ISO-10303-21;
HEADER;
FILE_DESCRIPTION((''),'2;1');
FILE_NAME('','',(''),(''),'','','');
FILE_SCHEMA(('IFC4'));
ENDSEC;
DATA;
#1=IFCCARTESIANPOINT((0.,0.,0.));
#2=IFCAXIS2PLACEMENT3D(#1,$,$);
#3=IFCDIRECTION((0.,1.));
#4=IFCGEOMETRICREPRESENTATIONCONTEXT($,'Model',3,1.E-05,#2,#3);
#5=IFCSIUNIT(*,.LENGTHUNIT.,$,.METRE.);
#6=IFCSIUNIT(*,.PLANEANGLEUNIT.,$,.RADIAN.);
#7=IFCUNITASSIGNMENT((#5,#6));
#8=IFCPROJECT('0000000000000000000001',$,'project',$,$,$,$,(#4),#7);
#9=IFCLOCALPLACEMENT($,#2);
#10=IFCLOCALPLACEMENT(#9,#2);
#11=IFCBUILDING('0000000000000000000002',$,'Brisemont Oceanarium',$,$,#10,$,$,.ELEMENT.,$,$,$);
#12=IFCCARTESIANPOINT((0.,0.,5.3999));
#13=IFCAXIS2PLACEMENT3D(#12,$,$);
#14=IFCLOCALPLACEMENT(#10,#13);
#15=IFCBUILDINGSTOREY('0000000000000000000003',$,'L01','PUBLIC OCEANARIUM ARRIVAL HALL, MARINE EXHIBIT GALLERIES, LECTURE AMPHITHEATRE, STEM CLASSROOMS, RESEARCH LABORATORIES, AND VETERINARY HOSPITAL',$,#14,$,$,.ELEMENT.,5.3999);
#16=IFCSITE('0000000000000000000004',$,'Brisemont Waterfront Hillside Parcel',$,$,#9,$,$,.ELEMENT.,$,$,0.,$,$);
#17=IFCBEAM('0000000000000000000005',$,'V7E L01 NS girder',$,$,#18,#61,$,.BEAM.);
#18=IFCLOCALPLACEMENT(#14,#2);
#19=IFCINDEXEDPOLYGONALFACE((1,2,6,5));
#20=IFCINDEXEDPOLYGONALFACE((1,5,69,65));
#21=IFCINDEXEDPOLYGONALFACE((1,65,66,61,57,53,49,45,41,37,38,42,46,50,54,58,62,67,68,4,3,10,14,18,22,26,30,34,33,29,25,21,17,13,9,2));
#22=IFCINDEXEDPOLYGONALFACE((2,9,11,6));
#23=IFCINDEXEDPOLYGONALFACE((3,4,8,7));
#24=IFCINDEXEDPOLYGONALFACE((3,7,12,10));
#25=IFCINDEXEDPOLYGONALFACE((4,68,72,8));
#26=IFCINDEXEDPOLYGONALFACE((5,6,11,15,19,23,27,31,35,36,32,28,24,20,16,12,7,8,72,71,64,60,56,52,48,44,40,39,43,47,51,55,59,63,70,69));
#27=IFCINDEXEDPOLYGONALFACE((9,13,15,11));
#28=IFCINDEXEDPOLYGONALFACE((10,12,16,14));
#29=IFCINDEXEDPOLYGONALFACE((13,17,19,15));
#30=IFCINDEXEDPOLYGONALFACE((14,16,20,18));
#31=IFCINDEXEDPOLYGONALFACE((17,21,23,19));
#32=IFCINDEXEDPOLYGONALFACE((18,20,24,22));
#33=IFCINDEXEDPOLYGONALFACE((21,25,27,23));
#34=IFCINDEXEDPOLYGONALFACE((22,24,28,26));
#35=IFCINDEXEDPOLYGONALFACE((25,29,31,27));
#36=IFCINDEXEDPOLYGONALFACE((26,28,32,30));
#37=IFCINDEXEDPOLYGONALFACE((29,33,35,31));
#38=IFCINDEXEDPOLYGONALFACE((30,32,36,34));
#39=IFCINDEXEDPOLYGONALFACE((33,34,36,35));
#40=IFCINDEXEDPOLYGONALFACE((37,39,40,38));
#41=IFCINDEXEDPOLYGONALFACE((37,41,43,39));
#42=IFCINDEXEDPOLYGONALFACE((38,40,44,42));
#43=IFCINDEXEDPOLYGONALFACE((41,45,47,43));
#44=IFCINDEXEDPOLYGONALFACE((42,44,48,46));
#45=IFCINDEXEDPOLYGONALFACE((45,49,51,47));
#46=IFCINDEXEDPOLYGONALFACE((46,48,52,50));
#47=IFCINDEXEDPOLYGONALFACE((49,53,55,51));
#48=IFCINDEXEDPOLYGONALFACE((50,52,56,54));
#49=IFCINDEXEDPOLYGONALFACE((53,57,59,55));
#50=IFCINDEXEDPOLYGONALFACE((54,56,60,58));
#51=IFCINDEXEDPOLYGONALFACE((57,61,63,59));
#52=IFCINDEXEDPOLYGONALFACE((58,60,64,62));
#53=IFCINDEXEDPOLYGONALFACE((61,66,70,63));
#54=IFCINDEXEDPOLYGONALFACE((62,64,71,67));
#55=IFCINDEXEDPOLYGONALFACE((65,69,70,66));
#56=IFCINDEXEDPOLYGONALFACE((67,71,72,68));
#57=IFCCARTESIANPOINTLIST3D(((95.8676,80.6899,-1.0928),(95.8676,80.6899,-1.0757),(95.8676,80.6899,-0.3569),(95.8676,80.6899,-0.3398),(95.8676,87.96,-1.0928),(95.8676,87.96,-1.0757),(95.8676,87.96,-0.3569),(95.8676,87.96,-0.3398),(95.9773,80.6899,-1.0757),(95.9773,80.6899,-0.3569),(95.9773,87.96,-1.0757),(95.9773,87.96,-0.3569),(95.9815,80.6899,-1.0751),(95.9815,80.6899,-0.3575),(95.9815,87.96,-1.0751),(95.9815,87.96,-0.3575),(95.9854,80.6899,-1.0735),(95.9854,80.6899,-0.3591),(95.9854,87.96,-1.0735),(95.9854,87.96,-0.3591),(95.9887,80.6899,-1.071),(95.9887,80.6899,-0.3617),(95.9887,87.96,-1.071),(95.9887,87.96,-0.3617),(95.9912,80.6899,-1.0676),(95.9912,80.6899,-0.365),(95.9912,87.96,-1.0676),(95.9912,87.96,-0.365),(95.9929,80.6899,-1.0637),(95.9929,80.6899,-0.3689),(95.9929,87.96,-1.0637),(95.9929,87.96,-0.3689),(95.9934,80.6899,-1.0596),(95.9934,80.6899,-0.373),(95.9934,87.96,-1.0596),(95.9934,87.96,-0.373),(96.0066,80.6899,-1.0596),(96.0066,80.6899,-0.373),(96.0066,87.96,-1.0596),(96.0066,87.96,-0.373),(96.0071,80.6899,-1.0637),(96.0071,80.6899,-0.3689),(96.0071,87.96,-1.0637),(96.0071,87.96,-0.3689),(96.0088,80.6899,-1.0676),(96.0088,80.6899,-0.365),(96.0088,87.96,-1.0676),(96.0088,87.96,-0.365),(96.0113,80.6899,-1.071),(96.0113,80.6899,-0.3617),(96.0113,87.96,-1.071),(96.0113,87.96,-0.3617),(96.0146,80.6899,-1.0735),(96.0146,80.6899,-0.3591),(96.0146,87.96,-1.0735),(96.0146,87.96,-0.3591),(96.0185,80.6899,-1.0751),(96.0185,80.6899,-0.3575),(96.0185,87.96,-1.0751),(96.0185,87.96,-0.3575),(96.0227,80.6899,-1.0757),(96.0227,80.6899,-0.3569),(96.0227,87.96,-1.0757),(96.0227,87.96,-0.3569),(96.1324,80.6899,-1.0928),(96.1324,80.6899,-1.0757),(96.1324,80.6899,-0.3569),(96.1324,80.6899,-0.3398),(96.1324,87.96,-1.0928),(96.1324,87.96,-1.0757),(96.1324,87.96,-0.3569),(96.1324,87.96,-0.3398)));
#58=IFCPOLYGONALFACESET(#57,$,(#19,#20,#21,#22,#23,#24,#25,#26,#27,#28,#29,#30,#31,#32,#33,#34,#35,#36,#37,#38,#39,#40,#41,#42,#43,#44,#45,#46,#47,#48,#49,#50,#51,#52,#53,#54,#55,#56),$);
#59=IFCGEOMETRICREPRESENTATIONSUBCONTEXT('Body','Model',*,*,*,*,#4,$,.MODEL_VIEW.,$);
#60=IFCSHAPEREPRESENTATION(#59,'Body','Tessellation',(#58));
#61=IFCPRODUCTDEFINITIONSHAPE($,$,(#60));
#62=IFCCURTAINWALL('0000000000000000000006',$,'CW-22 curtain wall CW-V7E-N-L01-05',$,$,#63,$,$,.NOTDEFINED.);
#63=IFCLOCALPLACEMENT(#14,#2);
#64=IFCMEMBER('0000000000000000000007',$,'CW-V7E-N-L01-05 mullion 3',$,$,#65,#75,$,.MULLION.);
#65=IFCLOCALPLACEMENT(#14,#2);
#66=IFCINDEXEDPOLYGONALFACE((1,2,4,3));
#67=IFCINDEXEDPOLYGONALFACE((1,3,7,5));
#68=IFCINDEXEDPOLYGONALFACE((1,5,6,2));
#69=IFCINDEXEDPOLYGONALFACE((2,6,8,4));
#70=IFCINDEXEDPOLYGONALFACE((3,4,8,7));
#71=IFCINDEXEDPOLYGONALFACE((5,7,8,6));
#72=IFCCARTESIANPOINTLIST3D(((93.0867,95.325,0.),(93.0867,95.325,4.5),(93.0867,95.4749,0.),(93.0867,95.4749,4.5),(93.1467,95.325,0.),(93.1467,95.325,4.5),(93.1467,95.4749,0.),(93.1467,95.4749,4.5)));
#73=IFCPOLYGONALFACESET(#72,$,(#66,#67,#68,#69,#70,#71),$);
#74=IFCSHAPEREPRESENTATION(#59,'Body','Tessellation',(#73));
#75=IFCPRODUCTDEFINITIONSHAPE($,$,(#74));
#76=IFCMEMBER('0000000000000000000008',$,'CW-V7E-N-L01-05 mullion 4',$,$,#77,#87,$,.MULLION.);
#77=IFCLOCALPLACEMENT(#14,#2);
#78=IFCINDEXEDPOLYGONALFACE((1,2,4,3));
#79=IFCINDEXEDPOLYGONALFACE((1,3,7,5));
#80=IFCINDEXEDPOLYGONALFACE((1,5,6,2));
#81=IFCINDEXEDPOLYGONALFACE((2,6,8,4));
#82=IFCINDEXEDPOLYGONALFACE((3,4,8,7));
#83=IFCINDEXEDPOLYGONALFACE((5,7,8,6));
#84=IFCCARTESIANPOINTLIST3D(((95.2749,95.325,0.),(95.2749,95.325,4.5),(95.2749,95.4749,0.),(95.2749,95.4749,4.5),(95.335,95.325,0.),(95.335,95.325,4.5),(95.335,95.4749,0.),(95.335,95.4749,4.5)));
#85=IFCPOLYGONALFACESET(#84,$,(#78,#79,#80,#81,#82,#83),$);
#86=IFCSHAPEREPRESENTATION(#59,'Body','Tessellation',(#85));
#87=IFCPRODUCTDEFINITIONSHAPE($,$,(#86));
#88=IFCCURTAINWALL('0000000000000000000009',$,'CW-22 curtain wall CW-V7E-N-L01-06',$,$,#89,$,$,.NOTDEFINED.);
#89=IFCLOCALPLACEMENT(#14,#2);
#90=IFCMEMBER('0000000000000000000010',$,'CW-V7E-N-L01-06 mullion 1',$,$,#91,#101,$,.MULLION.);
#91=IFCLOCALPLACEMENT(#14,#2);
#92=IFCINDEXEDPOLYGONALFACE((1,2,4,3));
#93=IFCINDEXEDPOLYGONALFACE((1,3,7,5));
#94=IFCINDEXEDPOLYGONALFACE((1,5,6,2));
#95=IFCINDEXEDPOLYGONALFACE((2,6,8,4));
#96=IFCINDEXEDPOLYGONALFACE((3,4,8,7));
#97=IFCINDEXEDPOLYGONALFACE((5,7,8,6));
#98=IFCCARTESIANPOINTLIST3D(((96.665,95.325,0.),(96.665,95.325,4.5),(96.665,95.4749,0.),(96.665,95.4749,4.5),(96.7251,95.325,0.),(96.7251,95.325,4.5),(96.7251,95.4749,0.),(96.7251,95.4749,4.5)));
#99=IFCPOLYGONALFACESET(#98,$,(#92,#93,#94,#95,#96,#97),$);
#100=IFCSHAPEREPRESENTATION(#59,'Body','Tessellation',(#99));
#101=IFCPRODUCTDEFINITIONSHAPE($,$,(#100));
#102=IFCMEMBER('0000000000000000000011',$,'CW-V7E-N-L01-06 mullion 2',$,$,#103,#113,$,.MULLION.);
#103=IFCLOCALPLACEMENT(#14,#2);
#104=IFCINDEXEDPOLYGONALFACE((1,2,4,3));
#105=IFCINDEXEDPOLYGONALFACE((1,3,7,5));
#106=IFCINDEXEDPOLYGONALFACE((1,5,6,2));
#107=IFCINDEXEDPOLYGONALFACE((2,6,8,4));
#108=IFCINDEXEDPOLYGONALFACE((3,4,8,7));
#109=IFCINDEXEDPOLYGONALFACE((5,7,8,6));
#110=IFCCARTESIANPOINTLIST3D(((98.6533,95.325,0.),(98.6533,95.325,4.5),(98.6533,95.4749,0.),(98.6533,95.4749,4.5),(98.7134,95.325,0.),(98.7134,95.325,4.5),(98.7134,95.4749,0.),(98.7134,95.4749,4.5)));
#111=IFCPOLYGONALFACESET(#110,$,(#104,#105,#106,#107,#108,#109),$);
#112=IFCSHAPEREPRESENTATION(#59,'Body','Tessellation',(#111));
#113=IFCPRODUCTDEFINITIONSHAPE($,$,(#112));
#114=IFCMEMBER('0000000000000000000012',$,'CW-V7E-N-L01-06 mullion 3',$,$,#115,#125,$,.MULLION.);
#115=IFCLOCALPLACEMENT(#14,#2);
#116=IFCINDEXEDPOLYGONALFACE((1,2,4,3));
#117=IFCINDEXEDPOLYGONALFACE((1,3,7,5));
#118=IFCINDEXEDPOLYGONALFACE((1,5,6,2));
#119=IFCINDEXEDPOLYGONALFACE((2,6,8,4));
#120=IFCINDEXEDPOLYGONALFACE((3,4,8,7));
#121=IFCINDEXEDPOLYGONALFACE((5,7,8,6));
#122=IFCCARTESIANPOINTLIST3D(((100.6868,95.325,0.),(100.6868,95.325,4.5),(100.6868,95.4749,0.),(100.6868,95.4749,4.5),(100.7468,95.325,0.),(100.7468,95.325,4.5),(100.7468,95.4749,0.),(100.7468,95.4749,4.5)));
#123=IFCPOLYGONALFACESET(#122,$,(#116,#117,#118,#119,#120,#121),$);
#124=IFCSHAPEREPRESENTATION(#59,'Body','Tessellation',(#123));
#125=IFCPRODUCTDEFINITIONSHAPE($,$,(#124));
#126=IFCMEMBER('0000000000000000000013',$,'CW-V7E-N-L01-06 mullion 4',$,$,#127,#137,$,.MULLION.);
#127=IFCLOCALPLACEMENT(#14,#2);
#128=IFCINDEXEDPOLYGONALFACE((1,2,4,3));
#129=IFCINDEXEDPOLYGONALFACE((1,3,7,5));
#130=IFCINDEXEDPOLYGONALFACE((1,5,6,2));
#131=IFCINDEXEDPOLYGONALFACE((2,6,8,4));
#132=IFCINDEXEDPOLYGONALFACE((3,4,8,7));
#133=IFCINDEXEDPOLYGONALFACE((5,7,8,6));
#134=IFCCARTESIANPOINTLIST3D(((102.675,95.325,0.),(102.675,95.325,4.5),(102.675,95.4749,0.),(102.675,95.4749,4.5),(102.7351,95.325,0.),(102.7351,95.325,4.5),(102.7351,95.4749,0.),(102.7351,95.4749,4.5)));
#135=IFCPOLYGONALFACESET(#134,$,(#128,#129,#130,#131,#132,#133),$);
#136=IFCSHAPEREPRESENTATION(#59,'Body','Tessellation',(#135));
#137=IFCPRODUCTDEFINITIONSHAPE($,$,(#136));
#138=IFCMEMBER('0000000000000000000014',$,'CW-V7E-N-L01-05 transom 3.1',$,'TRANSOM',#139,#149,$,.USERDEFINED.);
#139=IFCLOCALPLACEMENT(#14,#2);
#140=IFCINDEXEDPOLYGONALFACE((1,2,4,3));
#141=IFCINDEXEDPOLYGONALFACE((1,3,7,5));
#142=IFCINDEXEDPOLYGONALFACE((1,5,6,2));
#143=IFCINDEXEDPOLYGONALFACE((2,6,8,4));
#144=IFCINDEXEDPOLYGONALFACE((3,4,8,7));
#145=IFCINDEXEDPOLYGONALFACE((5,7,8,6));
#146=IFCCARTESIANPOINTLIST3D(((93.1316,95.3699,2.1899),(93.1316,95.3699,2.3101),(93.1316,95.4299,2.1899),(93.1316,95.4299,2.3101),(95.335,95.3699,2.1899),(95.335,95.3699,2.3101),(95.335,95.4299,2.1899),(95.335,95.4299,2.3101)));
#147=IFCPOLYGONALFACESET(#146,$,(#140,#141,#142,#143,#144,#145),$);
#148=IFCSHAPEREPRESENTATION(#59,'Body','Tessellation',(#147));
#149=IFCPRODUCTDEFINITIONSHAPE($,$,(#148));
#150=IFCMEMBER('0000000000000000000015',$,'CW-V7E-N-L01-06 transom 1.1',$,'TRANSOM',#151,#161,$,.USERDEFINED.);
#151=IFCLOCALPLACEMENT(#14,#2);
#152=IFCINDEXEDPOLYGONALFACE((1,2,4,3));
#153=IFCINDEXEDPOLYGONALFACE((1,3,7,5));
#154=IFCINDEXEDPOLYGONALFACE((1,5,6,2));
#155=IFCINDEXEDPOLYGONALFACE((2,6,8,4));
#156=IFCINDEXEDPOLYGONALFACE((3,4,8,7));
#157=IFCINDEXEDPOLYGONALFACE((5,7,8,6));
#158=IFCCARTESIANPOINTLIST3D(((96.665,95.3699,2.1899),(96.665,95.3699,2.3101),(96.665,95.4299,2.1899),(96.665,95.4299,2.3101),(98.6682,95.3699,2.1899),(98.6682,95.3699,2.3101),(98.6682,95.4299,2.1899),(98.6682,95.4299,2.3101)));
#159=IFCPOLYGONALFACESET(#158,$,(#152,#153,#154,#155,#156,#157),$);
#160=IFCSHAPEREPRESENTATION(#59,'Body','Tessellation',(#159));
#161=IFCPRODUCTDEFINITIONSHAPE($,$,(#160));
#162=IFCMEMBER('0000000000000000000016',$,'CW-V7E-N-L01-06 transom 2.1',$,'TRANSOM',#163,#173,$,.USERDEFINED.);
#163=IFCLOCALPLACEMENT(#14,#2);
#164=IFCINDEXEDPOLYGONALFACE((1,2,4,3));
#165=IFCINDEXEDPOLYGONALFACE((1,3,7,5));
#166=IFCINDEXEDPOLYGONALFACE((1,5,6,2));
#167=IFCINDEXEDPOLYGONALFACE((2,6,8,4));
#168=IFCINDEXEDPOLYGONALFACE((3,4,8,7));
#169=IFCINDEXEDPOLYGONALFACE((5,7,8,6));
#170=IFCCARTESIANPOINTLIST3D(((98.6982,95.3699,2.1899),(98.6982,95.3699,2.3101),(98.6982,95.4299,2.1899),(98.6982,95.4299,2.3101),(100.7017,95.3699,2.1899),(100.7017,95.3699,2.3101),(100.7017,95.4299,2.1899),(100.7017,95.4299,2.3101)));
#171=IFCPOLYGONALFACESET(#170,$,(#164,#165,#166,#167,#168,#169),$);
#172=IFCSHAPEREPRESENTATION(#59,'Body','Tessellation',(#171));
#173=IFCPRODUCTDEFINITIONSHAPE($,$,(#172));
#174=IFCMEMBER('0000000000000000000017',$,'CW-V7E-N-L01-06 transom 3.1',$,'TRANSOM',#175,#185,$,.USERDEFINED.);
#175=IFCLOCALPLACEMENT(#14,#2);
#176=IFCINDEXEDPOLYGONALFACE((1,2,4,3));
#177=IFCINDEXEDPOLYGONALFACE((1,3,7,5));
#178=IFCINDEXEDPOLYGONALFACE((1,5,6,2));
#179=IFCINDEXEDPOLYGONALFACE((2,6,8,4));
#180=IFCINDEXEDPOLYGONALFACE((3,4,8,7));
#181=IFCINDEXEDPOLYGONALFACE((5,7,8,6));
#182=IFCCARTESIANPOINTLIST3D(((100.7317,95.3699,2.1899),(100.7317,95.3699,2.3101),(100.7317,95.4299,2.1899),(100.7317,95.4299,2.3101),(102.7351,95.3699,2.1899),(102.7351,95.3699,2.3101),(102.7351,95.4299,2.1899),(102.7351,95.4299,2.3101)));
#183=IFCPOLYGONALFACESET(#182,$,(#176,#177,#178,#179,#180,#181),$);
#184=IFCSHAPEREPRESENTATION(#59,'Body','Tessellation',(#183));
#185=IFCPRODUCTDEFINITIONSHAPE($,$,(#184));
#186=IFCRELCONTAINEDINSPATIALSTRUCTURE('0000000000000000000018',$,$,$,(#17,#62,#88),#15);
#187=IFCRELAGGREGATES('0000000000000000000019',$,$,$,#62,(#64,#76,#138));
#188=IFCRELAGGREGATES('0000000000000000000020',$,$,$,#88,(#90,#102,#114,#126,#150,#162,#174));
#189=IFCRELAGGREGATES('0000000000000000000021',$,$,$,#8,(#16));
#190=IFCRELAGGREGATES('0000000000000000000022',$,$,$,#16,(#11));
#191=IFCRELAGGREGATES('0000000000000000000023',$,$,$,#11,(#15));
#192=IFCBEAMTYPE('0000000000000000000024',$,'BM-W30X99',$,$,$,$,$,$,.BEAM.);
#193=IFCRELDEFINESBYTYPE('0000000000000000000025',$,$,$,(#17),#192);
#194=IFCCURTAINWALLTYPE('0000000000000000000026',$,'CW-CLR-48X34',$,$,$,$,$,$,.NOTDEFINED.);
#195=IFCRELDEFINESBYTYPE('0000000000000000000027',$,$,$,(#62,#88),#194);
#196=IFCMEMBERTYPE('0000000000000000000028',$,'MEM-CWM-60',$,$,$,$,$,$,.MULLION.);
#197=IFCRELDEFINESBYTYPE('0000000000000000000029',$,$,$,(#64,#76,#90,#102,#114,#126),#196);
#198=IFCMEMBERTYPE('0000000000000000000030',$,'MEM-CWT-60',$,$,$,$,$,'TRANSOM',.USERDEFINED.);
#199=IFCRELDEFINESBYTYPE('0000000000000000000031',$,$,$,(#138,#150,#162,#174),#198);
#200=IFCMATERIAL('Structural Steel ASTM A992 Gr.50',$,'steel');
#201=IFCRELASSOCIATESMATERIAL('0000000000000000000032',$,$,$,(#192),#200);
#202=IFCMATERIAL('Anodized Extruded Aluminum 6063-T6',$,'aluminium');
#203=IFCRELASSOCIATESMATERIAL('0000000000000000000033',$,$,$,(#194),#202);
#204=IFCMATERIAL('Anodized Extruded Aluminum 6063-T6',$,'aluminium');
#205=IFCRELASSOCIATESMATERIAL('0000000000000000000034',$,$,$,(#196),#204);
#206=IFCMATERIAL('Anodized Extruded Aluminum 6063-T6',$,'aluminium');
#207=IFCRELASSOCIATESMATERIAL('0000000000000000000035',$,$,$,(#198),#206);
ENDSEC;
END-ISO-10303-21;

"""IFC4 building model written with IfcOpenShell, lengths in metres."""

from ifc_helpers import new_model, si_unit, direction, frame, origin, origin_2d, place, context, subcontext, project, spatial, rectangle, i_section, extrude, material, material_profile, profile_set, type_object, element, aggregate, save


model = new_model("IFC4")

# Units and contexts
model_context = context("Model", 3, precision=1e-05, world=origin(), true_north=direction((0.0, 1.0)))
body_context = subcontext(model_context, "Body", "Model", "MODEL_VIEW")
ifc_project = project(units=[si_unit("LENGTHUNIT", "METRE"), si_unit("PLANEANGLEUNIT", "RADIAN")], contexts=[model_context])

# Site, building, storey
site_placement = place(None, origin())
site = spatial("IfcSite", under=ifc_project, at=site_placement, Name="Brisemont Waterfront Hillside Parcel", CompositionType="ELEMENT", RefElevation=0.0)
building_placement = place(site_placement, origin())
building = spatial("IfcBuilding", under=site, at=building_placement, Name="Brisemont Oceanarium", CompositionType="ELEMENT")
storey_placement = place(building_placement, frame((0.0, 0.0, 5.3999)))
storey = spatial("IfcBuildingStorey", under=building, at=storey_placement, Name="L01", Description="PUBLIC OCEANARIUM ARRIVAL HALL, MARINE EXHIBIT GALLERIES, LECTURE AMPHITHEATRE, STEM CLASSROOMS, RESEARCH LABORATORIES, AND VETERINARY HOSPITAL", CompositionType="ELEMENT", Elevation=5.3999)

# Beam
ifc_material_1 = material(Name="Structural Steel ASTM A992 Gr.50", Category="steel")
ifc_material_profile_1 = material_profile(ifc_material_1, i_section(OverallWidth=0.2649, OverallDepth=0.7529, WebThickness=0.0132, FlangeThickness=0.0171, FilletRadius=0.0161, at=origin_2d()), Name="W30X99")
ifc_profile_set_1 = profile_set([ifc_material_profile_1], Name="Structural Steel ASTM A992 Gr.50")
beam_type_1 = type_object("IfcBeamType", Name="BM-W30X99", PredefinedType="BEAM", material=ifc_profile_set_1)
beam_1_placement = place(storey_placement, frame((96.0, 80.6899, -0.7163), z_axis=(0.0, 1.0, 0.0), x_axis=(-1.0, 0.0, 0.0)))
element("IfcBeam", 1, at=beam_1_placement, inside=storey, type_object=beam_type_1, Name="V7E L01 NS girder", PredefinedType="BEAM", context=body_context, shape_type="SweptSolid", body=[
    extrude(i_section(OverallWidth=0.2649, OverallDepth=0.7529, WebThickness=0.0132, FlangeThickness=0.0171, FilletRadius=0.0161, at=origin_2d()), origin(), (0.0, 0.0, 1.0), 7.27),
])

# Curtain walls, members
ifc_material_2 = material(Name="Anodized Extruded Aluminum 6063-T6", Category="aluminium")
curtain_wall_type = type_object("IfcCurtainWallType", Name="CW-CLR-48X34", PredefinedType="NOTDEFINED", material=ifc_material_2)
curtain_wall_1_placement = place(storey_placement, origin())
curtain_wall_1 = element("IfcCurtainWall", 2, at=curtain_wall_1_placement, inside=storey, type_object=curtain_wall_type, Name="CW-22 curtain wall CW-V7E-N-L01-05", PredefinedType="NOTDEFINED")
ifc_material_3 = material(Name="Anodized Extruded Aluminum 6063-T6", Category="aluminium")
ifc_material_profile_2 = material_profile(ifc_material_3, rectangle(XDim=0.0601, YDim=0.1499, at=origin_2d()), Name="CWM-60X150")
ifc_profile_set_2 = profile_set([ifc_material_profile_2], Name="Anodized Extruded Aluminum 6063-T6")
member_type_1 = type_object("IfcMemberType", Name="MEM-CWM-60", PredefinedType="MULLION", material=ifc_profile_set_2)
member_1_placement = place(storey_placement, frame((93.1167, 95.3999, 0.0), z_axis=(0.0, 0.0, 1.0), x_axis=(1.0, 0.0, 0.0)))
member_1 = element("IfcMember", 3, at=member_1_placement, type_object=member_type_1, Name="CW-V7E-N-L01-05 mullion 3", PredefinedType="MULLION", context=body_context, shape_type="SweptSolid", body=[
    extrude(rectangle(XDim=0.0601, YDim=0.1499, at=origin_2d()), origin(), (0.0, 0.0, 1.0), 4.5),
])
member_2_placement = place(storey_placement, frame((95.3049, 95.3999, 0.0), z_axis=(0.0, 0.0, 1.0), x_axis=(1.0, 0.0, 0.0)))
member_2 = element("IfcMember", 4, at=member_2_placement, type_object=member_type_1, Name="CW-V7E-N-L01-05 mullion 4", PredefinedType="MULLION", context=body_context, shape_type="SweptSolid", body=[
    extrude(rectangle(XDim=0.0601, YDim=0.1499, at=origin_2d()), origin(), (0.0, 0.0, 1.0), 4.5),
])
curtain_wall_2_placement = place(storey_placement, origin())
curtain_wall_2 = element("IfcCurtainWall", 5, at=curtain_wall_2_placement, inside=storey, type_object=curtain_wall_type, Name="CW-22 curtain wall CW-V7E-N-L01-06", PredefinedType="NOTDEFINED")
member_3_placement = place(storey_placement, frame((96.6951, 95.3999, 0.0), z_axis=(0.0, 0.0, 1.0), x_axis=(1.0, 0.0, 0.0)))
member_3 = element("IfcMember", 6, at=member_3_placement, type_object=member_type_1, Name="CW-V7E-N-L01-06 mullion 1", PredefinedType="MULLION", context=body_context, shape_type="SweptSolid", body=[
    extrude(rectangle(XDim=0.0601, YDim=0.1499, at=origin_2d()), origin(), (0.0, 0.0, 1.0), 4.5),
])
member_4_placement = place(storey_placement, frame((98.6833, 95.3999, 0.0), z_axis=(0.0, 0.0, 1.0), x_axis=(1.0, 0.0, 0.0)))
member_4 = element("IfcMember", 7, at=member_4_placement, type_object=member_type_1, Name="CW-V7E-N-L01-06 mullion 2", PredefinedType="MULLION", context=body_context, shape_type="SweptSolid", body=[
    extrude(rectangle(XDim=0.0601, YDim=0.1499, at=origin_2d()), origin(), (0.0, 0.0, 1.0), 4.5),
])
member_5_placement = place(storey_placement, frame((100.7168, 95.3999, 0.0), z_axis=(0.0, 0.0, 1.0), x_axis=(1.0, 0.0, 0.0)))
member_5 = element("IfcMember", 8, at=member_5_placement, type_object=member_type_1, Name="CW-V7E-N-L01-06 mullion 3", PredefinedType="MULLION", context=body_context, shape_type="SweptSolid", body=[
    extrude(rectangle(XDim=0.0601, YDim=0.1499, at=origin_2d()), origin(), (0.0, 0.0, 1.0), 4.5),
])
member_6_placement = place(storey_placement, frame((102.7051, 95.3999, 0.0), z_axis=(0.0, 0.0, 1.0), x_axis=(1.0, 0.0, 0.0)))
member_6 = element("IfcMember", 9, at=member_6_placement, type_object=member_type_1, Name="CW-V7E-N-L01-06 mullion 4", PredefinedType="MULLION", context=body_context, shape_type="SweptSolid", body=[
    extrude(rectangle(XDim=0.0601, YDim=0.1499, at=origin_2d()), origin(), (0.0, 0.0, 1.0), 4.5),
])

# Members
ifc_material_4 = material(Name="Anodized Extruded Aluminum 6063-T6", Category="aluminium")
ifc_material_profile_3 = material_profile(ifc_material_4, rectangle(XDim=0.0601, YDim=0.1201, at=origin_2d()), Name="CWT-60X120")
ifc_profile_set_3 = profile_set([ifc_material_profile_3], Name="Anodized Extruded Aluminum 6063-T6")
member_type_2 = type_object("IfcMemberType", Name="MEM-CWT-60", ElementType="TRANSOM", PredefinedType="USERDEFINED", material=ifc_profile_set_3)
member_7_placement = place(storey_placement, frame((93.1316, 95.3999, 2.25), z_axis=(1.0, 0.0, 0.0), x_axis=(0.0, 1.0, 0.0)))
member_7 = element("IfcMember", 10, at=member_7_placement, type_object=member_type_2, Name="CW-V7E-N-L01-05 transom 3.1", ObjectType="TRANSOM", PredefinedType="USERDEFINED", context=body_context, shape_type="SweptSolid", body=[
    extrude(rectangle(XDim=0.0601, YDim=0.1201, at=origin_2d()), origin(), (0.0, 0.0, 1.0), 2.2034),
])
member_8_placement = place(storey_placement, frame((96.665, 95.3999, 2.25), z_axis=(1.0, 0.0, 0.0), x_axis=(0.0, 1.0, 0.0)))
member_8 = element("IfcMember", 11, at=member_8_placement, type_object=member_type_2, Name="CW-V7E-N-L01-06 transom 1.1", ObjectType="TRANSOM", PredefinedType="USERDEFINED", context=body_context, shape_type="SweptSolid", body=[
    extrude(rectangle(XDim=0.0601, YDim=0.1201, at=origin_2d()), origin(), (0.0, 0.0, 1.0), 2.0032),
])
member_9_placement = place(storey_placement, frame((98.6982, 95.3999, 2.25), z_axis=(1.0, 0.0, 0.0), x_axis=(0.0, 1.0, 0.0)))
member_9 = element("IfcMember", 12, at=member_9_placement, type_object=member_type_2, Name="CW-V7E-N-L01-06 transom 2.1", ObjectType="TRANSOM", PredefinedType="USERDEFINED", context=body_context, shape_type="SweptSolid", body=[
    extrude(rectangle(XDim=0.0601, YDim=0.1201, at=origin_2d()), origin(), (0.0, 0.0, 1.0), 2.0034),
])
member_10_placement = place(storey_placement, frame((100.7317, 95.3999, 2.25), z_axis=(1.0, 0.0, 0.0), x_axis=(0.0, 1.0, 0.0)))
member_10 = element("IfcMember", 13, at=member_10_placement, type_object=member_type_2, Name="CW-V7E-N-L01-06 transom 3.1", ObjectType="TRANSOM", PredefinedType="USERDEFINED", context=body_context, shape_type="SweptSolid", body=[
    extrude(rectangle(XDim=0.0601, YDim=0.1201, at=origin_2d()), origin(), (0.0, 0.0, 1.0), 2.0034),
])

aggregate(curtain_wall_1, [member_1, member_2, member_7])
aggregate(curtain_wall_2, [member_3, member_4, member_5, member_6, member_8, member_9, member_10])

save(model, "model.ifc")
